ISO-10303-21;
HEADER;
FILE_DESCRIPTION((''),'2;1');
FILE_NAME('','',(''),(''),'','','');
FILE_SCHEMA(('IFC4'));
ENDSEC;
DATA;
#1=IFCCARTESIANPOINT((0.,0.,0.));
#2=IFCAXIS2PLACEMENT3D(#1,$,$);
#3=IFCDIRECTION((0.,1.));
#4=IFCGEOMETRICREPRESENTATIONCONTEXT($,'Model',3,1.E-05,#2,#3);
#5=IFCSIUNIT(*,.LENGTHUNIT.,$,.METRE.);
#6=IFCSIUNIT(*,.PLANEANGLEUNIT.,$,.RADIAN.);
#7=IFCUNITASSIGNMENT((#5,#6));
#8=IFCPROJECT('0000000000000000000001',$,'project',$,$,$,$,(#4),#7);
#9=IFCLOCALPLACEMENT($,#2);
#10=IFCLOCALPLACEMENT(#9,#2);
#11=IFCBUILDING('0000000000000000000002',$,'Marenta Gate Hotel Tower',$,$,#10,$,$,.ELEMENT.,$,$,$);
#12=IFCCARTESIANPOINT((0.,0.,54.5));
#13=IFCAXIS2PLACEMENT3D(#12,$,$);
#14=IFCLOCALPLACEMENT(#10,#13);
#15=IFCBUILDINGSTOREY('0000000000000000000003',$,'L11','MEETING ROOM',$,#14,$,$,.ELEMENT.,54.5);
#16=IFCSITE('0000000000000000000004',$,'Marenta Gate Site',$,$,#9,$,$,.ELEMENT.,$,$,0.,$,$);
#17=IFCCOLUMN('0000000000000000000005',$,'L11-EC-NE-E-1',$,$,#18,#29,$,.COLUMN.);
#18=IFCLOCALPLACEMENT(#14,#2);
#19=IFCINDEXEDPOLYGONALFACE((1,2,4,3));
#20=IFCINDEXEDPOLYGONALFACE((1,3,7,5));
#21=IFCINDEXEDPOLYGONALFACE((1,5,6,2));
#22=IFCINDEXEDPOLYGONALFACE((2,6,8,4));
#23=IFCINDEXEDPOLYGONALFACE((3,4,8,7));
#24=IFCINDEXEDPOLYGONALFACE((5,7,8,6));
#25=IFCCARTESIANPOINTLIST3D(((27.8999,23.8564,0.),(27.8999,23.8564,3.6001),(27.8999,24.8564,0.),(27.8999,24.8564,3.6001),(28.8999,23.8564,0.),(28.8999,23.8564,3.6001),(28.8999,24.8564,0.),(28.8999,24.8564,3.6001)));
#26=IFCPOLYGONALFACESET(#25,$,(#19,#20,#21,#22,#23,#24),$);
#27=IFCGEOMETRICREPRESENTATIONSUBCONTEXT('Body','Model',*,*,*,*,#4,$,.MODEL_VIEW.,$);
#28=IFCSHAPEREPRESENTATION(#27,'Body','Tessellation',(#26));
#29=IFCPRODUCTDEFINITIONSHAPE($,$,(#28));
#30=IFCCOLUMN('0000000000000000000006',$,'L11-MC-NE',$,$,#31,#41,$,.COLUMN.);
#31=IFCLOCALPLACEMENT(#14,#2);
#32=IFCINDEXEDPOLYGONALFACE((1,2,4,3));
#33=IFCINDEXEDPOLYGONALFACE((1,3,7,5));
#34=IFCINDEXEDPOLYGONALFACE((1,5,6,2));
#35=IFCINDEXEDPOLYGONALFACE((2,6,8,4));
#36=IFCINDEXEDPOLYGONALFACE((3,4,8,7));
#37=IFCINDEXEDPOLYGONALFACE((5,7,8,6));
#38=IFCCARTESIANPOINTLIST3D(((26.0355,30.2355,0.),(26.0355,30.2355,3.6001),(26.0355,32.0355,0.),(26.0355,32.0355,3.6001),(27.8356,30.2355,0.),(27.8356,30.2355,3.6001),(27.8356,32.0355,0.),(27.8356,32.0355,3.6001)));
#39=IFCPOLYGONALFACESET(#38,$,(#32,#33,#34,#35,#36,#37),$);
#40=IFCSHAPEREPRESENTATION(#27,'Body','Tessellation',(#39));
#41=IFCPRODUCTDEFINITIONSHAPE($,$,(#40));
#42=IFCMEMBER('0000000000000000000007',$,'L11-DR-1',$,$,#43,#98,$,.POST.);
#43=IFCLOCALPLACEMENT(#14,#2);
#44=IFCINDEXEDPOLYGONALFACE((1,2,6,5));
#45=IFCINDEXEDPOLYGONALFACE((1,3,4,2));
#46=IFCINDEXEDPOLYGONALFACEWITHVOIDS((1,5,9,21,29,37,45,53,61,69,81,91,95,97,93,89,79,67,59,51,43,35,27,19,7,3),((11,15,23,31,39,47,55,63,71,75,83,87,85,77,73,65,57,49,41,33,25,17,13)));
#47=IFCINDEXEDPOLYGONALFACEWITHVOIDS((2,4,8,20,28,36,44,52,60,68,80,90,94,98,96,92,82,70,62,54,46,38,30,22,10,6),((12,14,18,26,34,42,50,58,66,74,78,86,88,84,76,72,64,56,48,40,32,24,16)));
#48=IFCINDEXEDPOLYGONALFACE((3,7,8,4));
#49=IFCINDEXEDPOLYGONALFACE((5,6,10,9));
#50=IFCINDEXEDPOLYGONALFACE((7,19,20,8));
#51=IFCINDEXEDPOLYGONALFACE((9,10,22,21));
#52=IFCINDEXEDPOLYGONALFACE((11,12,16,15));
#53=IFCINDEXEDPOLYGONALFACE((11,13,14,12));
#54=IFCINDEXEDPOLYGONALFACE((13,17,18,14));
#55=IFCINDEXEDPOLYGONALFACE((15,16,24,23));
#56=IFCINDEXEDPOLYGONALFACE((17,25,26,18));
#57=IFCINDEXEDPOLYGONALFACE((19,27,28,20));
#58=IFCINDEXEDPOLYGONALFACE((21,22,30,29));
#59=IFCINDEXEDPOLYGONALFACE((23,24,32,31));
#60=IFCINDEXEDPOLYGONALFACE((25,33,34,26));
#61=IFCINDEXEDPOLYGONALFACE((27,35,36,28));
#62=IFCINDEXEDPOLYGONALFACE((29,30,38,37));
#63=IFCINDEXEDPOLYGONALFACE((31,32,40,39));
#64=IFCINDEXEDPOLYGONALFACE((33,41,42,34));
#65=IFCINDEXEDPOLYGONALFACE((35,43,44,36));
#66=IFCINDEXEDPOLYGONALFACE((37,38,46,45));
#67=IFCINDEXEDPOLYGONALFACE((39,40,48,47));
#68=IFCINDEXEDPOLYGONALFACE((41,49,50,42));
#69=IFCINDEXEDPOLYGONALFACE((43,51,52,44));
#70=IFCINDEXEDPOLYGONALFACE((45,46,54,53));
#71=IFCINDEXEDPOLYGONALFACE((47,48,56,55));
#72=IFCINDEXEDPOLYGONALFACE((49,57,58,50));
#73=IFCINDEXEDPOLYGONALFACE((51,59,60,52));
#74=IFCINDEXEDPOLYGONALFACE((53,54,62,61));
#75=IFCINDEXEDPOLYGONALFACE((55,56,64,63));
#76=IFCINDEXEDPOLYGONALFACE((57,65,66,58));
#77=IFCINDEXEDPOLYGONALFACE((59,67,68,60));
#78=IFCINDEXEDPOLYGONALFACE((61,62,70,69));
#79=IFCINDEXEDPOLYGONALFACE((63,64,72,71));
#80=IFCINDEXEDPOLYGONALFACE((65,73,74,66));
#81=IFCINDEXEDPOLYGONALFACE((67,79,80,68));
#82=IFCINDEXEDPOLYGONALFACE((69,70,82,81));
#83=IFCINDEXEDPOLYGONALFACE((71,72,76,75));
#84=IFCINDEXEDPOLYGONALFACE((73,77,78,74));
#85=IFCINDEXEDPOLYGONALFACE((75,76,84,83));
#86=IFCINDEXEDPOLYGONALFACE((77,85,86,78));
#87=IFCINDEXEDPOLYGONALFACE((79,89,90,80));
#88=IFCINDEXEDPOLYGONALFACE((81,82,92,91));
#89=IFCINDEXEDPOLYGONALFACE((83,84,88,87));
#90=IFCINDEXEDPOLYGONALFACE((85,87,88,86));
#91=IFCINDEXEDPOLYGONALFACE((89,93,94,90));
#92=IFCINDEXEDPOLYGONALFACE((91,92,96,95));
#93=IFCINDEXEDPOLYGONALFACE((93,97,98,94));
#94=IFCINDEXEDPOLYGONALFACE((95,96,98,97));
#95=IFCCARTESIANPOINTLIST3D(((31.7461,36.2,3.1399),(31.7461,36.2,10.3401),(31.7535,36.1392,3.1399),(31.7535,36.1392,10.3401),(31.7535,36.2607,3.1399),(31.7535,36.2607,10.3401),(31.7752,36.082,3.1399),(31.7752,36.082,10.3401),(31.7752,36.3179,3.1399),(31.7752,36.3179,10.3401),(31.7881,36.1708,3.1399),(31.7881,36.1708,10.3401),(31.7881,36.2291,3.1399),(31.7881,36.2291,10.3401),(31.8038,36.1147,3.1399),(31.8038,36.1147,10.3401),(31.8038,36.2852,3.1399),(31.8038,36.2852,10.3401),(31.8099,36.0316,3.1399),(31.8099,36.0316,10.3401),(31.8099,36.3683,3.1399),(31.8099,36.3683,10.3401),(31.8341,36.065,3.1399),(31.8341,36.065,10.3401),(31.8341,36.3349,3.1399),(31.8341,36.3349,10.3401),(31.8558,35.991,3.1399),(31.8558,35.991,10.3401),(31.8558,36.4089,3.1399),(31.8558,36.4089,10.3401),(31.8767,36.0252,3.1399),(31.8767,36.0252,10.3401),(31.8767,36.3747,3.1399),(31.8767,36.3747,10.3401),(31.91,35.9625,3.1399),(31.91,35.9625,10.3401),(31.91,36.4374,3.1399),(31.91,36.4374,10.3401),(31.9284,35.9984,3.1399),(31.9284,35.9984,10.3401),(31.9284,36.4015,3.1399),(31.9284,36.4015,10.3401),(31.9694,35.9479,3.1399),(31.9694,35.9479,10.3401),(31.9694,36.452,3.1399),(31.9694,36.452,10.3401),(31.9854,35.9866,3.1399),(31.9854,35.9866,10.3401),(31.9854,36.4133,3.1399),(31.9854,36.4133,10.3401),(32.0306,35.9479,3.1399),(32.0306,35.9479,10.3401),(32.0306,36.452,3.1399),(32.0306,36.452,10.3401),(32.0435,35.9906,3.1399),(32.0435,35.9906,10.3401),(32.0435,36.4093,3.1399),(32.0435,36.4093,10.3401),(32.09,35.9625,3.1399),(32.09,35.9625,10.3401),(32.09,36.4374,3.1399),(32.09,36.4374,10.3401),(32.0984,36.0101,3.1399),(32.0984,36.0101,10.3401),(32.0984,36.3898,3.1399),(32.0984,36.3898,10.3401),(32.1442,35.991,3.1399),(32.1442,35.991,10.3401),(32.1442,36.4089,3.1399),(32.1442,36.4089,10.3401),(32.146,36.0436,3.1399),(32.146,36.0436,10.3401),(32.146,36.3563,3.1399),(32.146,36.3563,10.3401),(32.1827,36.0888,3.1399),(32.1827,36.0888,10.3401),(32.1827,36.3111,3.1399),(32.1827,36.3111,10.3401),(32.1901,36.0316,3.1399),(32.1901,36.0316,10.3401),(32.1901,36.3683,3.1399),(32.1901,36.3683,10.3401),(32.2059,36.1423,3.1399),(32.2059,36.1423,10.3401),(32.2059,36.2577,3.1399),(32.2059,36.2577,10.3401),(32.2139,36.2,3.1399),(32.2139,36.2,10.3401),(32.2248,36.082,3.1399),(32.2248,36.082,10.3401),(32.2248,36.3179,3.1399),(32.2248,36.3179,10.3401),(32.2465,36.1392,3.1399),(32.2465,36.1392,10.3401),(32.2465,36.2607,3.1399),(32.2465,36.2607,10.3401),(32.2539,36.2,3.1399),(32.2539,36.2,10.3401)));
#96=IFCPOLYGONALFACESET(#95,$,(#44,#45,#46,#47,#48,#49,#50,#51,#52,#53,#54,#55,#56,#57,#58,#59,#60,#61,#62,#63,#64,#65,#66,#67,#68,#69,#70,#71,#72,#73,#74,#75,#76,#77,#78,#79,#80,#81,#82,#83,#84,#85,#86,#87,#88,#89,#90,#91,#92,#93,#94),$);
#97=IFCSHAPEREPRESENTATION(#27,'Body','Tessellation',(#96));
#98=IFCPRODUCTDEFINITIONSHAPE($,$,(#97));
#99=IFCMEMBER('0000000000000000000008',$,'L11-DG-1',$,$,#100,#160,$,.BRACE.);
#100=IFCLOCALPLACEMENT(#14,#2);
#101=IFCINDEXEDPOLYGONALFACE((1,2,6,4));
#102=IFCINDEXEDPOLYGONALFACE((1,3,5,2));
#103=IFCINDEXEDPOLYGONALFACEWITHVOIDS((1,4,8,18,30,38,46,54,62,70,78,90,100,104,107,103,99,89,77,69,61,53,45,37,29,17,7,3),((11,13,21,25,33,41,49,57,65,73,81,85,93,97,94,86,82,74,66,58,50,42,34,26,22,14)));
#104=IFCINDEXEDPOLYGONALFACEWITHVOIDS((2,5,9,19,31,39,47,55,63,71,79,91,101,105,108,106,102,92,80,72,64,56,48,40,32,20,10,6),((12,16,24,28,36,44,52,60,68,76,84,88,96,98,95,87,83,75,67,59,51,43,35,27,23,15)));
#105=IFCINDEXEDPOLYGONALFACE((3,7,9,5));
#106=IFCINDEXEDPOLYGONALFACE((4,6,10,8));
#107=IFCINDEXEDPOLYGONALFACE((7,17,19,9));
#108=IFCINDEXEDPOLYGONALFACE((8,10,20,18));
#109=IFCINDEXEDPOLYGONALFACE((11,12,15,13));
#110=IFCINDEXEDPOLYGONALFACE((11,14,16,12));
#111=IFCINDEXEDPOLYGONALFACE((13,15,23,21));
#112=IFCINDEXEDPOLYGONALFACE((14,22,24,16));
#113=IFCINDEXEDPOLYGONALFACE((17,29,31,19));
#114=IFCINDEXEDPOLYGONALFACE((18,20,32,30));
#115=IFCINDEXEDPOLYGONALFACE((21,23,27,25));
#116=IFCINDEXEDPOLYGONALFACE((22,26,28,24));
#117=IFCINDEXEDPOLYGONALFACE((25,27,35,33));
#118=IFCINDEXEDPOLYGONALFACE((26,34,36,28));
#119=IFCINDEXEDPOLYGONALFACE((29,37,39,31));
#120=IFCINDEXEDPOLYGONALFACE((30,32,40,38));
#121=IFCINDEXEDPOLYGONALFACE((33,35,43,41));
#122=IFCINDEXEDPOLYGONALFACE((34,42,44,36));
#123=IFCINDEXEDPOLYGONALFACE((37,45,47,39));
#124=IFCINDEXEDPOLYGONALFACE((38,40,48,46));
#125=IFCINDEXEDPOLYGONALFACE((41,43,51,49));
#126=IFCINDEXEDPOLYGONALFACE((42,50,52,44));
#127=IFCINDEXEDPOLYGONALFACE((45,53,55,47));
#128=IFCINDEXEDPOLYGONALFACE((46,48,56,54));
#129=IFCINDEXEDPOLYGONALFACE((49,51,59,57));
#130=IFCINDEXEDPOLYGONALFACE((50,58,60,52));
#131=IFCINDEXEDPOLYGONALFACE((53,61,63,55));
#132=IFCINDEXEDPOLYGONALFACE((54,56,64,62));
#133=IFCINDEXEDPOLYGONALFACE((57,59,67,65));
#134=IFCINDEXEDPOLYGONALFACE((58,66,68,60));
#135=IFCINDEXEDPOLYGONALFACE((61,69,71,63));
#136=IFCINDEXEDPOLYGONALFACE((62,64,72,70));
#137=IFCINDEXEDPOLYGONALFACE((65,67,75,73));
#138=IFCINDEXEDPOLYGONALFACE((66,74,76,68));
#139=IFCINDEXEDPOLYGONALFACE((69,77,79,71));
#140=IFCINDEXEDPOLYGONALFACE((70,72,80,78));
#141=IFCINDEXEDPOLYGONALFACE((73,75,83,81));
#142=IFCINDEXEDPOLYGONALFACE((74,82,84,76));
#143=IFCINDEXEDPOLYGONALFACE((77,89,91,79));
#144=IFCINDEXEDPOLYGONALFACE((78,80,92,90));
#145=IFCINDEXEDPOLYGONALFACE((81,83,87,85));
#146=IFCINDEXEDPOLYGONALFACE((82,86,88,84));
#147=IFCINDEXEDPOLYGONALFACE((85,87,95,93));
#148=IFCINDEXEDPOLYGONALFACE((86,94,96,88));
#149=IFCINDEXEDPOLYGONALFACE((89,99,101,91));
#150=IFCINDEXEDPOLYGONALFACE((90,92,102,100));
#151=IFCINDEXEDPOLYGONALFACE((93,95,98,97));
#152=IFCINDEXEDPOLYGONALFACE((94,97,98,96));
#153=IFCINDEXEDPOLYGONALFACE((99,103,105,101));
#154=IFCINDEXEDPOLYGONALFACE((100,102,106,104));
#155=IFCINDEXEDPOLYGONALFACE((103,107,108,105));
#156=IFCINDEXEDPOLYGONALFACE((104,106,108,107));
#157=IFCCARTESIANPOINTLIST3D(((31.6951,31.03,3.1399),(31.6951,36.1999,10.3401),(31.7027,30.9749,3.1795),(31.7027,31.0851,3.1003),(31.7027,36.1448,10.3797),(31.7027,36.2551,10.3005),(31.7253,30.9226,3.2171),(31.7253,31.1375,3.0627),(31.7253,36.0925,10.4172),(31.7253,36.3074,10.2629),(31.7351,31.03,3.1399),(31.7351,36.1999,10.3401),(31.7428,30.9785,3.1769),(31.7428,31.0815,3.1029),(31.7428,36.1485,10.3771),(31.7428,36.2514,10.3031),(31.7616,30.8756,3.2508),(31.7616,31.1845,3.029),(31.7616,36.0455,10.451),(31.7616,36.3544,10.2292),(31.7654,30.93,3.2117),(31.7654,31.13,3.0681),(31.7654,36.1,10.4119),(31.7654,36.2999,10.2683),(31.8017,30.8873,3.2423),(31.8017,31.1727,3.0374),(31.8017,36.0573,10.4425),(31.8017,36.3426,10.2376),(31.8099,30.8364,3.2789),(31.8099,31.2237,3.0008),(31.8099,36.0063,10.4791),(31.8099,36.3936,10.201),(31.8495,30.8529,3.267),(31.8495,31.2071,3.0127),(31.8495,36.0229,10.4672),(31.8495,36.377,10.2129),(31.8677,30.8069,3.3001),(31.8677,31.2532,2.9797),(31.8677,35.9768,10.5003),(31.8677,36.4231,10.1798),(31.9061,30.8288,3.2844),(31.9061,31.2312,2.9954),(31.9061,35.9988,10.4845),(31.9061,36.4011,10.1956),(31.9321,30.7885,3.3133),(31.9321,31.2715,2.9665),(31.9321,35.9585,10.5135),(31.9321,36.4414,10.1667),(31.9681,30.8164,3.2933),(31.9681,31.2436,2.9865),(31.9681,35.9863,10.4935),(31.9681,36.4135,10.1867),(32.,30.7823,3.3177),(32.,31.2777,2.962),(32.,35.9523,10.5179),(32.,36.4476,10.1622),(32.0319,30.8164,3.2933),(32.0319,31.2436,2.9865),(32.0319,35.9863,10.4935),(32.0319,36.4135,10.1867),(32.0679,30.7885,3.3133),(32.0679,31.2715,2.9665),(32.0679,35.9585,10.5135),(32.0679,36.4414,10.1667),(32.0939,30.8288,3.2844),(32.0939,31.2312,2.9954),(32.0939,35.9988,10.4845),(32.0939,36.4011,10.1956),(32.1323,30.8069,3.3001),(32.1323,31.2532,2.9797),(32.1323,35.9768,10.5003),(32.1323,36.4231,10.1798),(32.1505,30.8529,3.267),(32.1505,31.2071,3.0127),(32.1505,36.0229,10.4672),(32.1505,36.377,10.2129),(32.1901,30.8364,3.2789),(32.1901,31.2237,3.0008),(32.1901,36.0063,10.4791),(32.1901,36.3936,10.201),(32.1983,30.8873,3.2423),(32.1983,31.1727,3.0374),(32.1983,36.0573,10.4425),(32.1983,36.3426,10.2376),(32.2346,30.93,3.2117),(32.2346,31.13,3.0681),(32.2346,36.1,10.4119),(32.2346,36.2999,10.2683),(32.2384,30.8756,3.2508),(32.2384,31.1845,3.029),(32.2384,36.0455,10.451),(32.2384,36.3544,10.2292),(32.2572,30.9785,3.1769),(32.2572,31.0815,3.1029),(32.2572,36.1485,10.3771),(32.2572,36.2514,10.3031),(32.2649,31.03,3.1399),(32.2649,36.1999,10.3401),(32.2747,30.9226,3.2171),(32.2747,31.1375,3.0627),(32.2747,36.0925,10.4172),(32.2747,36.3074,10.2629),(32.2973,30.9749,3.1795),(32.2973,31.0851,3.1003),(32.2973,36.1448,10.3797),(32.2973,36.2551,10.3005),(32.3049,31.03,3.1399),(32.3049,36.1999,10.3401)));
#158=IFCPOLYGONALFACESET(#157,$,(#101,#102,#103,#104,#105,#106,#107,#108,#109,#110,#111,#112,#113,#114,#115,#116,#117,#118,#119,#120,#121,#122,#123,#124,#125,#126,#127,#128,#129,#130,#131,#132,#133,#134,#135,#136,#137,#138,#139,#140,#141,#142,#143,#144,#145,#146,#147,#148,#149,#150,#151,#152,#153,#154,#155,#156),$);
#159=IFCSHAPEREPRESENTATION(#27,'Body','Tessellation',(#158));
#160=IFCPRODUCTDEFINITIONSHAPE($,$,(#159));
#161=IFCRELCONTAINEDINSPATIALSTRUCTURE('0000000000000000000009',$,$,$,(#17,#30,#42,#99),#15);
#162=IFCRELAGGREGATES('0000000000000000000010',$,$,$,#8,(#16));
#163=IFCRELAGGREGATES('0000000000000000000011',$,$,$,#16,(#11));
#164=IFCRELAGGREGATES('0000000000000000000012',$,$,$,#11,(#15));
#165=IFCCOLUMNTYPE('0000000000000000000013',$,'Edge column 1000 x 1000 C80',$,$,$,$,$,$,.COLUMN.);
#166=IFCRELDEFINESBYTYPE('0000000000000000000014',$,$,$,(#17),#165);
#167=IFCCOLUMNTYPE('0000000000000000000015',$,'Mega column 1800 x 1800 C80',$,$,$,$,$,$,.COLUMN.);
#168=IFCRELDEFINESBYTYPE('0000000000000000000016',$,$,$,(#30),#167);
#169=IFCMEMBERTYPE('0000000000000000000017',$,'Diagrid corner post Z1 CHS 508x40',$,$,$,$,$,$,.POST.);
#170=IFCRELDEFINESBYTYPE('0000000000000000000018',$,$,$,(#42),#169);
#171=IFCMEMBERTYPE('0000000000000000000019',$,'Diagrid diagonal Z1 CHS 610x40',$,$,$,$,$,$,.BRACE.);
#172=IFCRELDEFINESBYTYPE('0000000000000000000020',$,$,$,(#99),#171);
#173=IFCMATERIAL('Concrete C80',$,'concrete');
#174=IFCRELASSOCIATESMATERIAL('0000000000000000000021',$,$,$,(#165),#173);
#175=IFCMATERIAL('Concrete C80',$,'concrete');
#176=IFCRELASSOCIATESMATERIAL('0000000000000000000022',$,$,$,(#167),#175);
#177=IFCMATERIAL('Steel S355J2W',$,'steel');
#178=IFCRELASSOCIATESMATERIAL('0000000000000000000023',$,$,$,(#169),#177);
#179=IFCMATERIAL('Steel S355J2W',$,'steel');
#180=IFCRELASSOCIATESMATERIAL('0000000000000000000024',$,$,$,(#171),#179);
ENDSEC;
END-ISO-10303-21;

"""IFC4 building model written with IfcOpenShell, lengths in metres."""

from ifc_helpers import new_model, si_unit, direction, frame, origin, origin_2d, place, context, subcontext, project, spatial, rectangle, hollow_circle, extrude, material, material_profile, profile_set, type_object, element, save


model = new_model("IFC4")

# Units and contexts
model_context = context("Model", 3, precision=1e-05, world=origin(), true_north=direction((0.0, 1.0)))
body_context = subcontext(model_context, "Body", "Model", "MODEL_VIEW")
ifc_project = project(units=[si_unit("LENGTHUNIT", "METRE"), si_unit("PLANEANGLEUNIT", "RADIAN")], contexts=[model_context])

# Site, building, storey
site_placement = place(None, origin())
site = spatial("IfcSite", under=ifc_project, at=site_placement, Name="Marenta Gate Site", CompositionType="ELEMENT", RefElevation=0.0)
building_placement = place(site_placement, origin())
building = spatial("IfcBuilding", under=site, at=building_placement, Name="Marenta Gate Hotel Tower", CompositionType="ELEMENT")
storey_placement = place(building_placement, frame((0.0, 0.0, 54.5)))
storey = spatial("IfcBuildingStorey", under=building, at=storey_placement, Name="L11", Description="MEETING ROOM", CompositionType="ELEMENT", Elevation=54.5)

# Columns
ifc_material_1 = material(Name="Concrete C80", Category="concrete")
ifc_material_profile_1 = material_profile(ifc_material_1, rectangle(XDim=1.0, YDim=1.0, at=origin_2d()), Name="1000 x 1000")
ifc_profile_set_1 = profile_set([ifc_material_profile_1], Name="Concrete C80")
column_type_1 = type_object("IfcColumnType", Name="Edge column 1000 x 1000 C80", PredefinedType="COLUMN", material=ifc_profile_set_1)
column_1_placement = place(storey_placement, frame((28.3999, 24.3564, 0.0), z_axis=(0.0, 0.0, 1.0), x_axis=(1.0, 0.0, 0.0)))
element("IfcColumn", 1, at=column_1_placement, inside=storey, type_object=column_type_1, Name="L11-EC-NE-E-1", PredefinedType="COLUMN", context=body_context, shape_type="SweptSolid", body=[
    extrude(rectangle(XDim=1.0, YDim=1.0, at=origin_2d()), origin(), (0.0, 0.0, 1.0), 3.6001),
])
ifc_material_2 = material(Name="Concrete C80", Category="concrete")
ifc_material_profile_2 = material_profile(ifc_material_2, rectangle(XDim=1.8, YDim=1.8, at=origin_2d()), Name="1800 x 1800")
ifc_profile_set_2 = profile_set([ifc_material_profile_2], Name="Concrete C80")
column_type_2 = type_object("IfcColumnType", Name="Mega column 1800 x 1800 C80", PredefinedType="COLUMN", material=ifc_profile_set_2)
column_2_placement = place(storey_placement, frame((26.9355, 31.1355, 0.0), z_axis=(0.0, 0.0, 1.0), x_axis=(1.0, 0.0, 0.0)))
element("IfcColumn", 2, at=column_2_placement, inside=storey, type_object=column_type_2, Name="L11-MC-NE", PredefinedType="COLUMN", context=body_context, shape_type="SweptSolid", body=[
    extrude(rectangle(XDim=1.8, YDim=1.8, at=origin_2d()), origin(), (0.0, 0.0, 1.0), 3.6001),
])

# Members
ifc_material_3 = material(Name="Steel S355J2W", Category="steel")
ifc_material_profile_3 = material_profile(ifc_material_3, hollow_circle(Radius=0.2539, WallThickness=0.04, at=origin_2d()), Name="CHS 508x40")
ifc_profile_set_3 = profile_set([ifc_material_profile_3], Name="Steel S355J2W")
member_type_1 = type_object("IfcMemberType", Name="Diagrid corner post Z1 CHS 508x40", PredefinedType="POST", material=ifc_profile_set_3)
member_1_placement = place(storey_placement, frame((32.0, 36.2, 3.1399), z_axis=(0.0, 0.0, 1.0), x_axis=(1.0, 0.0, 0.0)))
element("IfcMember", 3, at=member_1_placement, inside=storey, type_object=member_type_1, Name="L11-DR-1", PredefinedType="POST", context=body_context, shape_type="SweptSolid", body=[
    extrude(hollow_circle(Radius=0.2539, WallThickness=0.04, at=origin_2d()), origin(), (0.0, 0.0, 1.0), 7.2002),
])
ifc_material_4 = material(Name="Steel S355J2W", Category="steel")
ifc_material_profile_4 = material_profile(ifc_material_4, hollow_circle(Radius=0.3049, WallThickness=0.04, at=origin_2d()), Name="CHS 610x40")
ifc_profile_set_4 = profile_set([ifc_material_profile_4], Name="Steel S355J2W")
member_type_2 = type_object("IfcMemberType", Name="Diagrid diagonal Z1 CHS 610x40", PredefinedType="BRACE", material=ifc_profile_set_4)
for number, where, z_axis, x_axis, name in (
    (4, (32.0, 31.03, 3.1399), (0.0, 0.583248, 0.812294), (-1.0, 0.0, 0.0), "L11-DG-1"),
):
    element("IfcMember", number, at=place(storey_placement, frame(where, z_axis=z_axis, x_axis=x_axis)), inside=storey, type_object=member_type_2, Name=name, PredefinedType="BRACE", context=body_context, shape_type="SweptSolid", body=[
        extrude(hollow_circle(Radius=0.3049, WallThickness=0.04, at=origin_2d()), origin(), (0.0, 0.0, 1.0), 8.864),
    ])

save(model, "model.ifc")
